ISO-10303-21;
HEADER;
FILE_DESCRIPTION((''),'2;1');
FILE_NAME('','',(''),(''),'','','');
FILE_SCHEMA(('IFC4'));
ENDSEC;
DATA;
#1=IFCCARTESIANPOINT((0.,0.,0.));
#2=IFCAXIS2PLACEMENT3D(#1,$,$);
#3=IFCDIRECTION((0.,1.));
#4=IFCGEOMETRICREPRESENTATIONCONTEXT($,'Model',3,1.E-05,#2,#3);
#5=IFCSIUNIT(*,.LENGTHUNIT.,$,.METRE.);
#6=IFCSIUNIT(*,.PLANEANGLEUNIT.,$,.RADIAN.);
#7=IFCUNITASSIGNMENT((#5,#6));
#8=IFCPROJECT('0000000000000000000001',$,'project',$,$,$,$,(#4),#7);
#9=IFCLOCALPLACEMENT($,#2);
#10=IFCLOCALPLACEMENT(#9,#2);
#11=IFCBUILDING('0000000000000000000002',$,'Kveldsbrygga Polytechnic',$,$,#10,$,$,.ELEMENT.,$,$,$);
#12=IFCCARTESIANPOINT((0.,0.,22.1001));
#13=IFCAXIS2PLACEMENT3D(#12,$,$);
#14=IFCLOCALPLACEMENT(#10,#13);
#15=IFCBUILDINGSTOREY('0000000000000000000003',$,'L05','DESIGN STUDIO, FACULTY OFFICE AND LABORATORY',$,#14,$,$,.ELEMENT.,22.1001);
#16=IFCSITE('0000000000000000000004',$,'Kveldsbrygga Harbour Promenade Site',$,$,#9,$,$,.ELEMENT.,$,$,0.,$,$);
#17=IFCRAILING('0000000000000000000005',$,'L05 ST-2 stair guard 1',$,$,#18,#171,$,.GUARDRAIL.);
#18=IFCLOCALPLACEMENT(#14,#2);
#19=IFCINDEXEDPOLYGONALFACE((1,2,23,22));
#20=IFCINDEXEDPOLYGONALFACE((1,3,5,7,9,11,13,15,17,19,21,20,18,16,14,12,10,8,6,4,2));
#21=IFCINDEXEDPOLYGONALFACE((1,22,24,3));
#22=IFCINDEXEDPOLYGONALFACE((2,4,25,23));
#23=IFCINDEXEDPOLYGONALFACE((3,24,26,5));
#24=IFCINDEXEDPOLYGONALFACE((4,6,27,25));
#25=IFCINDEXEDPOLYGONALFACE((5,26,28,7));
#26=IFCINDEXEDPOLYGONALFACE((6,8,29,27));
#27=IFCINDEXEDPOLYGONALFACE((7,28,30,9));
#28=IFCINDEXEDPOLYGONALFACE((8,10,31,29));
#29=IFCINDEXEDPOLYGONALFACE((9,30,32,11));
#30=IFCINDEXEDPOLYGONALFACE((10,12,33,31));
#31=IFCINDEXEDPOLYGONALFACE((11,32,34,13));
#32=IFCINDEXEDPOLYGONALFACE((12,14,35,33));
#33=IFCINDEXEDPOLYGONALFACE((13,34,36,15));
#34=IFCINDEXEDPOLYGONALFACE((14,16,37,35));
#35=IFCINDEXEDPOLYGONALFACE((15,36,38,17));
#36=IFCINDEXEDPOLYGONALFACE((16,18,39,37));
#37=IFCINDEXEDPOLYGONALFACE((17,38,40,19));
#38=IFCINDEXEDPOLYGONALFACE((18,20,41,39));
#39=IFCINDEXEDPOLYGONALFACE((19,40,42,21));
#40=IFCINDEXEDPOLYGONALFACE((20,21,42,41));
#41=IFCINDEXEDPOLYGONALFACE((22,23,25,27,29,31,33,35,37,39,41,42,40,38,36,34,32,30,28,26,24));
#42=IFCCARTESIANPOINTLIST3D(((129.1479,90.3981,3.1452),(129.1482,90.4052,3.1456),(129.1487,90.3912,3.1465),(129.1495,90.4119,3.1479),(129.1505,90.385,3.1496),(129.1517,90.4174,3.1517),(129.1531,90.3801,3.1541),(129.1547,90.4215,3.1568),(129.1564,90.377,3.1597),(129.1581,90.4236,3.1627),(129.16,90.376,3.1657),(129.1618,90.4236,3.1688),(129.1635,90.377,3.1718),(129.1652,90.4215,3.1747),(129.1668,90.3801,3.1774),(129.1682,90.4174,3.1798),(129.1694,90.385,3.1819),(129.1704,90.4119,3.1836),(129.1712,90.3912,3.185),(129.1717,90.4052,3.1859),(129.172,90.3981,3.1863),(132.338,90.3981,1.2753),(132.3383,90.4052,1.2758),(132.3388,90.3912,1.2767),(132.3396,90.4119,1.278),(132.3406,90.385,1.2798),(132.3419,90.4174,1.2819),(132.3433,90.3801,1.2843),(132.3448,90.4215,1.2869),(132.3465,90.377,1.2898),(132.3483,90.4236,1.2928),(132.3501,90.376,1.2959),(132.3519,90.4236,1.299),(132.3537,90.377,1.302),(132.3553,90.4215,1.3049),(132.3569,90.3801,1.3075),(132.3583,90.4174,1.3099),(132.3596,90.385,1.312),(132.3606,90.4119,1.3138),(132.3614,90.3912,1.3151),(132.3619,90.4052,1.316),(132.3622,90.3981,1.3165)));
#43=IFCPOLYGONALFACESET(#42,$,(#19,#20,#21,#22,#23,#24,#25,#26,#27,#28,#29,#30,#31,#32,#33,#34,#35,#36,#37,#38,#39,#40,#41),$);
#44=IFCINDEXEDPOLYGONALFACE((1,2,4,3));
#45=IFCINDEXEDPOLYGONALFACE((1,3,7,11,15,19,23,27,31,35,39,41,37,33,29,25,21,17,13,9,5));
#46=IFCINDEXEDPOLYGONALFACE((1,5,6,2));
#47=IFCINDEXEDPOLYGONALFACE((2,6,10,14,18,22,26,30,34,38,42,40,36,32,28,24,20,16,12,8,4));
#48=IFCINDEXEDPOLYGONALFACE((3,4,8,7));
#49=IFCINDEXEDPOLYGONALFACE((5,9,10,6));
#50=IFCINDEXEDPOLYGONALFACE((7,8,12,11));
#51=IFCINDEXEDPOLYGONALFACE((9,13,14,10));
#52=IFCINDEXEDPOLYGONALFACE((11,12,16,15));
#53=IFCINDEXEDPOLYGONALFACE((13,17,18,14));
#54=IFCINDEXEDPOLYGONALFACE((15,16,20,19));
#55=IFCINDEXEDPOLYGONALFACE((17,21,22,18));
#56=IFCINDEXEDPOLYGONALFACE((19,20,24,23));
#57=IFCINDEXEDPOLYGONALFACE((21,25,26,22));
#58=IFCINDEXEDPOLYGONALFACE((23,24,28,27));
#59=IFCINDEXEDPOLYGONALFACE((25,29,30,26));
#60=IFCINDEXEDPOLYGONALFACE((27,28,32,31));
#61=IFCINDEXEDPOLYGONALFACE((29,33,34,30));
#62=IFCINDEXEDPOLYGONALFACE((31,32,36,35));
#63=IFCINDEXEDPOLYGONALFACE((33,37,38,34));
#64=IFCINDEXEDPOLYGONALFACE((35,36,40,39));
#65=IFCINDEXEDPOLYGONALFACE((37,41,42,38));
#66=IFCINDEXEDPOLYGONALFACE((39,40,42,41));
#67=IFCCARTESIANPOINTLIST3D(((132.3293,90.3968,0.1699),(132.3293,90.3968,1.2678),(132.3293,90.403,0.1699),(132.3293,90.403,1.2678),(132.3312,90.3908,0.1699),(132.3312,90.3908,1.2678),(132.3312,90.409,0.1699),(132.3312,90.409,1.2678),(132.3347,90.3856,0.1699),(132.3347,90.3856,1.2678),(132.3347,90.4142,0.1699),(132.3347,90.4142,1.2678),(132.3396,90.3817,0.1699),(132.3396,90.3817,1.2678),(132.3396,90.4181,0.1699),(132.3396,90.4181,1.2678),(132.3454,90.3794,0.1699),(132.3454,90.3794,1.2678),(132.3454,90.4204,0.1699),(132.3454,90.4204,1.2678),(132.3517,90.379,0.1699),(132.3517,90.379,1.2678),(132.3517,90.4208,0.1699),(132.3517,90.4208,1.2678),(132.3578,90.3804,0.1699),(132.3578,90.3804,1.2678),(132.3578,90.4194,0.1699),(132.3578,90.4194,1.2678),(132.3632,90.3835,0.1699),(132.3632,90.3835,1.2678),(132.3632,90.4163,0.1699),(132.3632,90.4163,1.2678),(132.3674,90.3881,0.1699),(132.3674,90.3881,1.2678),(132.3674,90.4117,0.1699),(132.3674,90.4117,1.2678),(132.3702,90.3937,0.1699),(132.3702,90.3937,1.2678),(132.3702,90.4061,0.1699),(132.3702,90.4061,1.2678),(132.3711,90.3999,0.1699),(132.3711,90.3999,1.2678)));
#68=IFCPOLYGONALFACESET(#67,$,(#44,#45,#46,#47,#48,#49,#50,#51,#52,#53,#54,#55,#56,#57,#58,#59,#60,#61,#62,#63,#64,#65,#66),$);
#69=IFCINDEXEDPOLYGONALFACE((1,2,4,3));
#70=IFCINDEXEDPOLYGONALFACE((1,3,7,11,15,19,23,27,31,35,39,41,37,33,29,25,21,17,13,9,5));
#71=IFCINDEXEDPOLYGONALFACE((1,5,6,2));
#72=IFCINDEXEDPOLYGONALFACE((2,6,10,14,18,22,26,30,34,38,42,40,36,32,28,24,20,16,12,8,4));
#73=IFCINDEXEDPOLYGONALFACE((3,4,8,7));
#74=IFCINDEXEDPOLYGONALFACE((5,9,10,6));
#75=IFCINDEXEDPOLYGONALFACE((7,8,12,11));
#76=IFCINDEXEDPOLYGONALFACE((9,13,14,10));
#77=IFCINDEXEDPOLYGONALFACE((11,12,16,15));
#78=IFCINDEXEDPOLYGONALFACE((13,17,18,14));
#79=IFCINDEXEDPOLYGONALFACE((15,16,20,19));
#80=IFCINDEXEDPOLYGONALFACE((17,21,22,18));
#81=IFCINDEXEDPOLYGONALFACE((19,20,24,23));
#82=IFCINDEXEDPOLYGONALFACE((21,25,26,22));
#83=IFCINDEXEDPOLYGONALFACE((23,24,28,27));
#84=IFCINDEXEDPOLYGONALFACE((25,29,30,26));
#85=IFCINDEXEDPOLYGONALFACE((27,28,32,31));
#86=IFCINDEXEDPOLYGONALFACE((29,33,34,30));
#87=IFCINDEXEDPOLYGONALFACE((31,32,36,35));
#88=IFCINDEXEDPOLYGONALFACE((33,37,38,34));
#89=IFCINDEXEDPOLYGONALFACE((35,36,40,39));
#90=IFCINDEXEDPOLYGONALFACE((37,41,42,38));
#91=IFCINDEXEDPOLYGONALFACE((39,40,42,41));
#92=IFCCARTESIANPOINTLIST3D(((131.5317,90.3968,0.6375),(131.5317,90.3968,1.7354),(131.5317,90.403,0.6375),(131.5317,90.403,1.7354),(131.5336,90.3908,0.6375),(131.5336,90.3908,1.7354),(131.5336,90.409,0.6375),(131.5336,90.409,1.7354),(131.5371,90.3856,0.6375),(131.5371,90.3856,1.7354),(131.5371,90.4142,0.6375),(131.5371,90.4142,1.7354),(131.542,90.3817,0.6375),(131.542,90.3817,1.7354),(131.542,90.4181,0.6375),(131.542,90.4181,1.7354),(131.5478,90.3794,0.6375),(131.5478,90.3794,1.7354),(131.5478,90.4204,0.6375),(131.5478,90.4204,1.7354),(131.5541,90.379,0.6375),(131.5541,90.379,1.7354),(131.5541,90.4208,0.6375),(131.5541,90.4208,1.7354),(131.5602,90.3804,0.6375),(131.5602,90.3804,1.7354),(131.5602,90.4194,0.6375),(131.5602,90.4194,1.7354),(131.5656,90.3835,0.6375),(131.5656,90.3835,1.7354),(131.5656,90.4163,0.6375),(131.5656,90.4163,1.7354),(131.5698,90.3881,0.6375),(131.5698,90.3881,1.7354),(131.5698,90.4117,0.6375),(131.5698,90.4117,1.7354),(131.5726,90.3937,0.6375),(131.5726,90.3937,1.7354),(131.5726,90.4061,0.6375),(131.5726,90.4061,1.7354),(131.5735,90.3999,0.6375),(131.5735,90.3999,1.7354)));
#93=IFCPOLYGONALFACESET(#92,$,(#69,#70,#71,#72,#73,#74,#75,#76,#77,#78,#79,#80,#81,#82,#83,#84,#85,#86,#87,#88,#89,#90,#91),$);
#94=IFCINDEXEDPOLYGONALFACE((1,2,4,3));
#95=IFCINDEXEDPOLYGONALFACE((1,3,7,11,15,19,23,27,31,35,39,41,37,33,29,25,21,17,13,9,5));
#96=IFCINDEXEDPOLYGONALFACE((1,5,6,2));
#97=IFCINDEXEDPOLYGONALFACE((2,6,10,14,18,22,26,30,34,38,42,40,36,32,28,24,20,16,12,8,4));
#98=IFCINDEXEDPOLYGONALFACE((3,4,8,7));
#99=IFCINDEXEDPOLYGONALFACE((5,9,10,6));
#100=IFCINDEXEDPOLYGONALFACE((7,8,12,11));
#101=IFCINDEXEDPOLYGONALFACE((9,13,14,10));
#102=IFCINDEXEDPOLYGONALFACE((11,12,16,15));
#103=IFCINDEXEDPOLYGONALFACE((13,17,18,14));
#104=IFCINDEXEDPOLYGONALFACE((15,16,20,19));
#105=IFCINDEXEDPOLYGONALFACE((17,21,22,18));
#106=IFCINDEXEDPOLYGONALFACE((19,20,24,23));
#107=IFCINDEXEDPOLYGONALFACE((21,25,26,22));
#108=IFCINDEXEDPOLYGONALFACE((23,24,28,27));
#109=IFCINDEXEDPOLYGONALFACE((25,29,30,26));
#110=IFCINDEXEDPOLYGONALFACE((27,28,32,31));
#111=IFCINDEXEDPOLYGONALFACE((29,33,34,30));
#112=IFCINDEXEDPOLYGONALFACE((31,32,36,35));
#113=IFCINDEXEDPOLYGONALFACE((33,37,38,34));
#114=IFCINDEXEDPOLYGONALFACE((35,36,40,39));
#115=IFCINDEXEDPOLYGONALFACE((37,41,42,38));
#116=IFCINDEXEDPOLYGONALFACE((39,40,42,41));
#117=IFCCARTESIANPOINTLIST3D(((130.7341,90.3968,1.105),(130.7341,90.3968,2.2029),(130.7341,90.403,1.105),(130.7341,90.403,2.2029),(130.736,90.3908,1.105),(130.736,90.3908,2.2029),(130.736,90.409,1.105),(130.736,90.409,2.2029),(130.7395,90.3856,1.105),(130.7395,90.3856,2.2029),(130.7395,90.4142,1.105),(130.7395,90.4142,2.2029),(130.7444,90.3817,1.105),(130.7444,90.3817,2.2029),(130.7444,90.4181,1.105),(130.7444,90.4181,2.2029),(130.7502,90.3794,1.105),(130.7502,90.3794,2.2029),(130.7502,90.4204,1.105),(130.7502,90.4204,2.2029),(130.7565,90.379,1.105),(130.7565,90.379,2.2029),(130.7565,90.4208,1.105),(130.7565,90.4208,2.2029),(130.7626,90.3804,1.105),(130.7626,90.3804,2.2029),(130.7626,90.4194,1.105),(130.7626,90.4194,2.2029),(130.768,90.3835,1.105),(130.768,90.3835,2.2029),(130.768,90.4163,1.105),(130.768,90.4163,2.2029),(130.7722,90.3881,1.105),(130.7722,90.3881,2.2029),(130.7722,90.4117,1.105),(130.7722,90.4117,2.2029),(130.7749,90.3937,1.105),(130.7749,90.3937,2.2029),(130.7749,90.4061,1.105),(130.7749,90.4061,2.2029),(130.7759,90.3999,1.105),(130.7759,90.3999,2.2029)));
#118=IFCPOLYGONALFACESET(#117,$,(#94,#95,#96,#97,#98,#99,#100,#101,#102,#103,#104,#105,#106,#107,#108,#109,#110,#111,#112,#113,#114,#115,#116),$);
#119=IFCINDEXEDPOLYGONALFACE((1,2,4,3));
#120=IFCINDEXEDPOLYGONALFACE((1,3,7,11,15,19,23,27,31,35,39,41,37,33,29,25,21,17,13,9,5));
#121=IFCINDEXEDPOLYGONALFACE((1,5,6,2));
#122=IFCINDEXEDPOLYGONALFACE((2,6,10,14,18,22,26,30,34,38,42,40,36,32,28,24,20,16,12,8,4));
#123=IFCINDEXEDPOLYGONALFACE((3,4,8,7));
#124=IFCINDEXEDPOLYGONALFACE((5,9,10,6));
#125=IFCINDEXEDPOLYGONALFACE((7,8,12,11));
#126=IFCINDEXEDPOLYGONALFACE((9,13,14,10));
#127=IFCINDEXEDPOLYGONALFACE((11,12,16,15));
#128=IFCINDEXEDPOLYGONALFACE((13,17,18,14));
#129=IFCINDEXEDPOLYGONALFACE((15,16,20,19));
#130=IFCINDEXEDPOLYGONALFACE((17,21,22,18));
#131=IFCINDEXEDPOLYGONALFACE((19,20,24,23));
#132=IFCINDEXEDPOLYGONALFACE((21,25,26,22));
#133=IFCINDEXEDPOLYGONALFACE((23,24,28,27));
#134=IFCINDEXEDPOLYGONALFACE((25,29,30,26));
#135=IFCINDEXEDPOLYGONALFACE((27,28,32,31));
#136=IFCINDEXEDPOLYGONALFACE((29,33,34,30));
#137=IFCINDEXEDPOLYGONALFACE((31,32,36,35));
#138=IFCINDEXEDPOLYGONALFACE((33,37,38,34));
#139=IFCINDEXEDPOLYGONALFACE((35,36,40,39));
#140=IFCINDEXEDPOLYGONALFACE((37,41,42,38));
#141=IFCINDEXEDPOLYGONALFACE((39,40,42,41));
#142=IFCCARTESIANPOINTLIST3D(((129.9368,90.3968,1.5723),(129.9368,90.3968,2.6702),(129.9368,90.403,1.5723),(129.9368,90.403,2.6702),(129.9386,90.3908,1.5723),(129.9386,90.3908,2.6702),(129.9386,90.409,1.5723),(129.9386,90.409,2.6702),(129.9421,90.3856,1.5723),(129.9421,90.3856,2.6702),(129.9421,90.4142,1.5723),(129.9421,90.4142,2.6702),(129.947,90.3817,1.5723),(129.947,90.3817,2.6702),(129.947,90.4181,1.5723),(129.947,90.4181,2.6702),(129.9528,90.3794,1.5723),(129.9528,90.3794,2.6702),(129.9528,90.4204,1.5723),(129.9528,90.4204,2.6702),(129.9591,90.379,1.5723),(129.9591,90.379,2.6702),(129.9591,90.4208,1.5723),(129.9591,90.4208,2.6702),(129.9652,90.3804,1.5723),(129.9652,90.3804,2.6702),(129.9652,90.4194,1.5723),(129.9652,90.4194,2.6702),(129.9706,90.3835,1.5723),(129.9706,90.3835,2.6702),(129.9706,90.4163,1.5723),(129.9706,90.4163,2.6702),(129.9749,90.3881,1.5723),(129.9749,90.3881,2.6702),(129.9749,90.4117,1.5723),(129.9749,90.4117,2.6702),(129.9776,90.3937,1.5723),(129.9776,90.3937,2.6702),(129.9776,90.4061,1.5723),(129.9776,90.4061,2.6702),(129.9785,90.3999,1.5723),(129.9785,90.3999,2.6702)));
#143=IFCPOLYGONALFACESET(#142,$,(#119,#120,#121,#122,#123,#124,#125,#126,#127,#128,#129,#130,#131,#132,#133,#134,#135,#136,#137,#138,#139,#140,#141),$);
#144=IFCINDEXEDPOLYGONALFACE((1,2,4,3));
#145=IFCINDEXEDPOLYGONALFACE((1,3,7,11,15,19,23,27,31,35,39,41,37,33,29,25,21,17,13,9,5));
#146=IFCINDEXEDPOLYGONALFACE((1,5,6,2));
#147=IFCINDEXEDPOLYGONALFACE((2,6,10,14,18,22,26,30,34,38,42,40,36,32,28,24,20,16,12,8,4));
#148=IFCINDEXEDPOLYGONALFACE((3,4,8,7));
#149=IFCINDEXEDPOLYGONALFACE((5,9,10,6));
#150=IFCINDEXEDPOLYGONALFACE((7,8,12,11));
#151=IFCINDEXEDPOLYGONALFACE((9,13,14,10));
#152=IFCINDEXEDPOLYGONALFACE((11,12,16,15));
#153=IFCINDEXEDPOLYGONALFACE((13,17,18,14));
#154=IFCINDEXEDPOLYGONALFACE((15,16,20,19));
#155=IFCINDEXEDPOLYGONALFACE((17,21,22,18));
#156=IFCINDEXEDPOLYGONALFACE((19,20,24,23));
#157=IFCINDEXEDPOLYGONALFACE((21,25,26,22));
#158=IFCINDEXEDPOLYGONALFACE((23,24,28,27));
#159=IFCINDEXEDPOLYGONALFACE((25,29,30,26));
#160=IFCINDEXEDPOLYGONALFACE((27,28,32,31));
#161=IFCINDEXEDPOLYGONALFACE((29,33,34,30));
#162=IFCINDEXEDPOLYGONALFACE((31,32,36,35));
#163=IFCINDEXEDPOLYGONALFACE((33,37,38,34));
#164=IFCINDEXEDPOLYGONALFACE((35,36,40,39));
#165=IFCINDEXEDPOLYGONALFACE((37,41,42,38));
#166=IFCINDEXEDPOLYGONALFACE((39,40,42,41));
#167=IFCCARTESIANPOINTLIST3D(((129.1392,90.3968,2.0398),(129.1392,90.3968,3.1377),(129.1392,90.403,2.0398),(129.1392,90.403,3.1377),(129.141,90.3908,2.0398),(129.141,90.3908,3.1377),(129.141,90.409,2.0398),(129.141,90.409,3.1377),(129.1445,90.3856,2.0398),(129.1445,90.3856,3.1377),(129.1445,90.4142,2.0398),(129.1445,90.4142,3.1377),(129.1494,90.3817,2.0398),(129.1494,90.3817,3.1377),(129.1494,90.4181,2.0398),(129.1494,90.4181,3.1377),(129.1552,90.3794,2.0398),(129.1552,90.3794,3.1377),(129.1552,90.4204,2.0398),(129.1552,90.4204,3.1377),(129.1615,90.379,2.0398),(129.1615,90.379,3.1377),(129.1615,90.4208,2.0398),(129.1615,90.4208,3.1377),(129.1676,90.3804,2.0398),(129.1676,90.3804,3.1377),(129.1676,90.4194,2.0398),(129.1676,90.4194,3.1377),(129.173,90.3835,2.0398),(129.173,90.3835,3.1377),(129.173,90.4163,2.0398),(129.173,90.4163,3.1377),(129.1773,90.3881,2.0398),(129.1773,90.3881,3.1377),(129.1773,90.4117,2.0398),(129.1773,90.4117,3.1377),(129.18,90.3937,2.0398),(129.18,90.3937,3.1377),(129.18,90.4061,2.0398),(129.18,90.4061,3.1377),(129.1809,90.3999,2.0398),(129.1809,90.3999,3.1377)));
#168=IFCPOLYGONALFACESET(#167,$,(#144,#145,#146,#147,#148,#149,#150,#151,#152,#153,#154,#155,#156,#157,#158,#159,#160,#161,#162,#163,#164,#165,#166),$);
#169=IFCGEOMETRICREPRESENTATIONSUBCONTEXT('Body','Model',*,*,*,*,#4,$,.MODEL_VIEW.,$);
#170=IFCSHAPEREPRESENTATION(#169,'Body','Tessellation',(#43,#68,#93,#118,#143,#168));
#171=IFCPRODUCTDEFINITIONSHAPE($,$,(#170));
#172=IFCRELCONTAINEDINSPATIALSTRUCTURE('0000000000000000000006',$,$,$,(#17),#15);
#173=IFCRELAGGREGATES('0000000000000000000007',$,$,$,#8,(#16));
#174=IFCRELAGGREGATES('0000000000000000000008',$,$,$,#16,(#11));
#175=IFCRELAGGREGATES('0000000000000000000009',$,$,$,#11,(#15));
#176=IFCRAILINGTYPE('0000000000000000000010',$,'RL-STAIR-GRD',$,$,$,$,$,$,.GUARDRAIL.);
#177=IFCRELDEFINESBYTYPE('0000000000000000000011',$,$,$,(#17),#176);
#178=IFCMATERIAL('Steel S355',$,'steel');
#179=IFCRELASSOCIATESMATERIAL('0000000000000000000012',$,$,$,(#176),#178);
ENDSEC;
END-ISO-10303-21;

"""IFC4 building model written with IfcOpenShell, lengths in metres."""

from ifc_helpers import new_model, si_unit, direction, frame, origin, origin_2d, place, context, subcontext, project, spatial, circle, extrude, material, type_object, element, save


model = new_model("IFC4")

# Units and contexts
model_context = context("Model", 3, precision=1e-05, world=origin(), true_north=direction((0.0, 1.0)))
body_context = subcontext(model_context, "Body", "Model", "MODEL_VIEW")
ifc_project = project(units=[si_unit("LENGTHUNIT", "METRE"), si_unit("PLANEANGLEUNIT", "RADIAN")], contexts=[model_context])

# Site, building, storey
site_placement = place(None, origin())
site = spatial("IfcSite", under=ifc_project, at=site_placement, Name="Kveldsbrygga Harbour Promenade Site", CompositionType="ELEMENT", RefElevation=0.0)
building_placement = place(site_placement, origin())
building = spatial("IfcBuilding", under=site, at=building_placement, Name="Kveldsbrygga Polytechnic", CompositionType="ELEMENT")
storey_placement = place(building_placement, frame((0.0, 0.0, 22.1001)))
storey = spatial("IfcBuildingStorey", under=building, at=storey_placement, Name="L05", Description="DESIGN STUDIO, FACULTY OFFICE AND LABORATORY", CompositionType="ELEMENT", Elevation=22.1001)

# Railing
ifc_material_1 = material(Name="Steel S355", Category="steel")
railing_type_1 = type_object("IfcRailingType", Name="RL-STAIR-GRD", PredefinedType="GUARDRAIL", material=ifc_material_1)
railing_1_placement = place(storey_placement, frame((132.3501, 90.3999, 0.1699)))
element("IfcRailing", 1, at=railing_1_placement, inside=storey, type_object=railing_type_1, Name="L05 ST-2 stair guard 1", PredefinedType="GUARDRAIL", context=body_context, shape_type="SweptSolid", body=[
    extrude(circle(Radius=0.0239, at=origin_2d()), frame((0.0, 0.0, 1.126), z_axis=(-0.862726, 0.0, 0.505672), x_axis=(0.0, -1.0, 0.0)), (0.0, 0.0, 1.0), 3.6978),
    extrude(circle(Radius=0.021, at=origin_2d()), origin(), (0.0, 0.0, 1.0), 1.0979),
    extrude(circle(Radius=0.021, at=origin_2d()), frame((-0.7976, 0.0, 0.4675)), (0.0, 0.0, 1.0), 1.0979),
    extrude(circle(Radius=0.021, at=origin_2d()), frame((-1.5952, 0.0, 0.9351)), (0.0, 0.0, 1.0), 1.0979),
    extrude(circle(Radius=0.021, at=origin_2d()), frame((-2.3926, 0.0, 1.4023)), (0.0, 0.0, 1.0), 1.0979),
    extrude(circle(Radius=0.021, at=origin_2d()), frame((-3.1902, 0.0, 1.8699)), (0.0, 0.0, 1.0), 1.0979),
])

save(model, "model.ifc")
